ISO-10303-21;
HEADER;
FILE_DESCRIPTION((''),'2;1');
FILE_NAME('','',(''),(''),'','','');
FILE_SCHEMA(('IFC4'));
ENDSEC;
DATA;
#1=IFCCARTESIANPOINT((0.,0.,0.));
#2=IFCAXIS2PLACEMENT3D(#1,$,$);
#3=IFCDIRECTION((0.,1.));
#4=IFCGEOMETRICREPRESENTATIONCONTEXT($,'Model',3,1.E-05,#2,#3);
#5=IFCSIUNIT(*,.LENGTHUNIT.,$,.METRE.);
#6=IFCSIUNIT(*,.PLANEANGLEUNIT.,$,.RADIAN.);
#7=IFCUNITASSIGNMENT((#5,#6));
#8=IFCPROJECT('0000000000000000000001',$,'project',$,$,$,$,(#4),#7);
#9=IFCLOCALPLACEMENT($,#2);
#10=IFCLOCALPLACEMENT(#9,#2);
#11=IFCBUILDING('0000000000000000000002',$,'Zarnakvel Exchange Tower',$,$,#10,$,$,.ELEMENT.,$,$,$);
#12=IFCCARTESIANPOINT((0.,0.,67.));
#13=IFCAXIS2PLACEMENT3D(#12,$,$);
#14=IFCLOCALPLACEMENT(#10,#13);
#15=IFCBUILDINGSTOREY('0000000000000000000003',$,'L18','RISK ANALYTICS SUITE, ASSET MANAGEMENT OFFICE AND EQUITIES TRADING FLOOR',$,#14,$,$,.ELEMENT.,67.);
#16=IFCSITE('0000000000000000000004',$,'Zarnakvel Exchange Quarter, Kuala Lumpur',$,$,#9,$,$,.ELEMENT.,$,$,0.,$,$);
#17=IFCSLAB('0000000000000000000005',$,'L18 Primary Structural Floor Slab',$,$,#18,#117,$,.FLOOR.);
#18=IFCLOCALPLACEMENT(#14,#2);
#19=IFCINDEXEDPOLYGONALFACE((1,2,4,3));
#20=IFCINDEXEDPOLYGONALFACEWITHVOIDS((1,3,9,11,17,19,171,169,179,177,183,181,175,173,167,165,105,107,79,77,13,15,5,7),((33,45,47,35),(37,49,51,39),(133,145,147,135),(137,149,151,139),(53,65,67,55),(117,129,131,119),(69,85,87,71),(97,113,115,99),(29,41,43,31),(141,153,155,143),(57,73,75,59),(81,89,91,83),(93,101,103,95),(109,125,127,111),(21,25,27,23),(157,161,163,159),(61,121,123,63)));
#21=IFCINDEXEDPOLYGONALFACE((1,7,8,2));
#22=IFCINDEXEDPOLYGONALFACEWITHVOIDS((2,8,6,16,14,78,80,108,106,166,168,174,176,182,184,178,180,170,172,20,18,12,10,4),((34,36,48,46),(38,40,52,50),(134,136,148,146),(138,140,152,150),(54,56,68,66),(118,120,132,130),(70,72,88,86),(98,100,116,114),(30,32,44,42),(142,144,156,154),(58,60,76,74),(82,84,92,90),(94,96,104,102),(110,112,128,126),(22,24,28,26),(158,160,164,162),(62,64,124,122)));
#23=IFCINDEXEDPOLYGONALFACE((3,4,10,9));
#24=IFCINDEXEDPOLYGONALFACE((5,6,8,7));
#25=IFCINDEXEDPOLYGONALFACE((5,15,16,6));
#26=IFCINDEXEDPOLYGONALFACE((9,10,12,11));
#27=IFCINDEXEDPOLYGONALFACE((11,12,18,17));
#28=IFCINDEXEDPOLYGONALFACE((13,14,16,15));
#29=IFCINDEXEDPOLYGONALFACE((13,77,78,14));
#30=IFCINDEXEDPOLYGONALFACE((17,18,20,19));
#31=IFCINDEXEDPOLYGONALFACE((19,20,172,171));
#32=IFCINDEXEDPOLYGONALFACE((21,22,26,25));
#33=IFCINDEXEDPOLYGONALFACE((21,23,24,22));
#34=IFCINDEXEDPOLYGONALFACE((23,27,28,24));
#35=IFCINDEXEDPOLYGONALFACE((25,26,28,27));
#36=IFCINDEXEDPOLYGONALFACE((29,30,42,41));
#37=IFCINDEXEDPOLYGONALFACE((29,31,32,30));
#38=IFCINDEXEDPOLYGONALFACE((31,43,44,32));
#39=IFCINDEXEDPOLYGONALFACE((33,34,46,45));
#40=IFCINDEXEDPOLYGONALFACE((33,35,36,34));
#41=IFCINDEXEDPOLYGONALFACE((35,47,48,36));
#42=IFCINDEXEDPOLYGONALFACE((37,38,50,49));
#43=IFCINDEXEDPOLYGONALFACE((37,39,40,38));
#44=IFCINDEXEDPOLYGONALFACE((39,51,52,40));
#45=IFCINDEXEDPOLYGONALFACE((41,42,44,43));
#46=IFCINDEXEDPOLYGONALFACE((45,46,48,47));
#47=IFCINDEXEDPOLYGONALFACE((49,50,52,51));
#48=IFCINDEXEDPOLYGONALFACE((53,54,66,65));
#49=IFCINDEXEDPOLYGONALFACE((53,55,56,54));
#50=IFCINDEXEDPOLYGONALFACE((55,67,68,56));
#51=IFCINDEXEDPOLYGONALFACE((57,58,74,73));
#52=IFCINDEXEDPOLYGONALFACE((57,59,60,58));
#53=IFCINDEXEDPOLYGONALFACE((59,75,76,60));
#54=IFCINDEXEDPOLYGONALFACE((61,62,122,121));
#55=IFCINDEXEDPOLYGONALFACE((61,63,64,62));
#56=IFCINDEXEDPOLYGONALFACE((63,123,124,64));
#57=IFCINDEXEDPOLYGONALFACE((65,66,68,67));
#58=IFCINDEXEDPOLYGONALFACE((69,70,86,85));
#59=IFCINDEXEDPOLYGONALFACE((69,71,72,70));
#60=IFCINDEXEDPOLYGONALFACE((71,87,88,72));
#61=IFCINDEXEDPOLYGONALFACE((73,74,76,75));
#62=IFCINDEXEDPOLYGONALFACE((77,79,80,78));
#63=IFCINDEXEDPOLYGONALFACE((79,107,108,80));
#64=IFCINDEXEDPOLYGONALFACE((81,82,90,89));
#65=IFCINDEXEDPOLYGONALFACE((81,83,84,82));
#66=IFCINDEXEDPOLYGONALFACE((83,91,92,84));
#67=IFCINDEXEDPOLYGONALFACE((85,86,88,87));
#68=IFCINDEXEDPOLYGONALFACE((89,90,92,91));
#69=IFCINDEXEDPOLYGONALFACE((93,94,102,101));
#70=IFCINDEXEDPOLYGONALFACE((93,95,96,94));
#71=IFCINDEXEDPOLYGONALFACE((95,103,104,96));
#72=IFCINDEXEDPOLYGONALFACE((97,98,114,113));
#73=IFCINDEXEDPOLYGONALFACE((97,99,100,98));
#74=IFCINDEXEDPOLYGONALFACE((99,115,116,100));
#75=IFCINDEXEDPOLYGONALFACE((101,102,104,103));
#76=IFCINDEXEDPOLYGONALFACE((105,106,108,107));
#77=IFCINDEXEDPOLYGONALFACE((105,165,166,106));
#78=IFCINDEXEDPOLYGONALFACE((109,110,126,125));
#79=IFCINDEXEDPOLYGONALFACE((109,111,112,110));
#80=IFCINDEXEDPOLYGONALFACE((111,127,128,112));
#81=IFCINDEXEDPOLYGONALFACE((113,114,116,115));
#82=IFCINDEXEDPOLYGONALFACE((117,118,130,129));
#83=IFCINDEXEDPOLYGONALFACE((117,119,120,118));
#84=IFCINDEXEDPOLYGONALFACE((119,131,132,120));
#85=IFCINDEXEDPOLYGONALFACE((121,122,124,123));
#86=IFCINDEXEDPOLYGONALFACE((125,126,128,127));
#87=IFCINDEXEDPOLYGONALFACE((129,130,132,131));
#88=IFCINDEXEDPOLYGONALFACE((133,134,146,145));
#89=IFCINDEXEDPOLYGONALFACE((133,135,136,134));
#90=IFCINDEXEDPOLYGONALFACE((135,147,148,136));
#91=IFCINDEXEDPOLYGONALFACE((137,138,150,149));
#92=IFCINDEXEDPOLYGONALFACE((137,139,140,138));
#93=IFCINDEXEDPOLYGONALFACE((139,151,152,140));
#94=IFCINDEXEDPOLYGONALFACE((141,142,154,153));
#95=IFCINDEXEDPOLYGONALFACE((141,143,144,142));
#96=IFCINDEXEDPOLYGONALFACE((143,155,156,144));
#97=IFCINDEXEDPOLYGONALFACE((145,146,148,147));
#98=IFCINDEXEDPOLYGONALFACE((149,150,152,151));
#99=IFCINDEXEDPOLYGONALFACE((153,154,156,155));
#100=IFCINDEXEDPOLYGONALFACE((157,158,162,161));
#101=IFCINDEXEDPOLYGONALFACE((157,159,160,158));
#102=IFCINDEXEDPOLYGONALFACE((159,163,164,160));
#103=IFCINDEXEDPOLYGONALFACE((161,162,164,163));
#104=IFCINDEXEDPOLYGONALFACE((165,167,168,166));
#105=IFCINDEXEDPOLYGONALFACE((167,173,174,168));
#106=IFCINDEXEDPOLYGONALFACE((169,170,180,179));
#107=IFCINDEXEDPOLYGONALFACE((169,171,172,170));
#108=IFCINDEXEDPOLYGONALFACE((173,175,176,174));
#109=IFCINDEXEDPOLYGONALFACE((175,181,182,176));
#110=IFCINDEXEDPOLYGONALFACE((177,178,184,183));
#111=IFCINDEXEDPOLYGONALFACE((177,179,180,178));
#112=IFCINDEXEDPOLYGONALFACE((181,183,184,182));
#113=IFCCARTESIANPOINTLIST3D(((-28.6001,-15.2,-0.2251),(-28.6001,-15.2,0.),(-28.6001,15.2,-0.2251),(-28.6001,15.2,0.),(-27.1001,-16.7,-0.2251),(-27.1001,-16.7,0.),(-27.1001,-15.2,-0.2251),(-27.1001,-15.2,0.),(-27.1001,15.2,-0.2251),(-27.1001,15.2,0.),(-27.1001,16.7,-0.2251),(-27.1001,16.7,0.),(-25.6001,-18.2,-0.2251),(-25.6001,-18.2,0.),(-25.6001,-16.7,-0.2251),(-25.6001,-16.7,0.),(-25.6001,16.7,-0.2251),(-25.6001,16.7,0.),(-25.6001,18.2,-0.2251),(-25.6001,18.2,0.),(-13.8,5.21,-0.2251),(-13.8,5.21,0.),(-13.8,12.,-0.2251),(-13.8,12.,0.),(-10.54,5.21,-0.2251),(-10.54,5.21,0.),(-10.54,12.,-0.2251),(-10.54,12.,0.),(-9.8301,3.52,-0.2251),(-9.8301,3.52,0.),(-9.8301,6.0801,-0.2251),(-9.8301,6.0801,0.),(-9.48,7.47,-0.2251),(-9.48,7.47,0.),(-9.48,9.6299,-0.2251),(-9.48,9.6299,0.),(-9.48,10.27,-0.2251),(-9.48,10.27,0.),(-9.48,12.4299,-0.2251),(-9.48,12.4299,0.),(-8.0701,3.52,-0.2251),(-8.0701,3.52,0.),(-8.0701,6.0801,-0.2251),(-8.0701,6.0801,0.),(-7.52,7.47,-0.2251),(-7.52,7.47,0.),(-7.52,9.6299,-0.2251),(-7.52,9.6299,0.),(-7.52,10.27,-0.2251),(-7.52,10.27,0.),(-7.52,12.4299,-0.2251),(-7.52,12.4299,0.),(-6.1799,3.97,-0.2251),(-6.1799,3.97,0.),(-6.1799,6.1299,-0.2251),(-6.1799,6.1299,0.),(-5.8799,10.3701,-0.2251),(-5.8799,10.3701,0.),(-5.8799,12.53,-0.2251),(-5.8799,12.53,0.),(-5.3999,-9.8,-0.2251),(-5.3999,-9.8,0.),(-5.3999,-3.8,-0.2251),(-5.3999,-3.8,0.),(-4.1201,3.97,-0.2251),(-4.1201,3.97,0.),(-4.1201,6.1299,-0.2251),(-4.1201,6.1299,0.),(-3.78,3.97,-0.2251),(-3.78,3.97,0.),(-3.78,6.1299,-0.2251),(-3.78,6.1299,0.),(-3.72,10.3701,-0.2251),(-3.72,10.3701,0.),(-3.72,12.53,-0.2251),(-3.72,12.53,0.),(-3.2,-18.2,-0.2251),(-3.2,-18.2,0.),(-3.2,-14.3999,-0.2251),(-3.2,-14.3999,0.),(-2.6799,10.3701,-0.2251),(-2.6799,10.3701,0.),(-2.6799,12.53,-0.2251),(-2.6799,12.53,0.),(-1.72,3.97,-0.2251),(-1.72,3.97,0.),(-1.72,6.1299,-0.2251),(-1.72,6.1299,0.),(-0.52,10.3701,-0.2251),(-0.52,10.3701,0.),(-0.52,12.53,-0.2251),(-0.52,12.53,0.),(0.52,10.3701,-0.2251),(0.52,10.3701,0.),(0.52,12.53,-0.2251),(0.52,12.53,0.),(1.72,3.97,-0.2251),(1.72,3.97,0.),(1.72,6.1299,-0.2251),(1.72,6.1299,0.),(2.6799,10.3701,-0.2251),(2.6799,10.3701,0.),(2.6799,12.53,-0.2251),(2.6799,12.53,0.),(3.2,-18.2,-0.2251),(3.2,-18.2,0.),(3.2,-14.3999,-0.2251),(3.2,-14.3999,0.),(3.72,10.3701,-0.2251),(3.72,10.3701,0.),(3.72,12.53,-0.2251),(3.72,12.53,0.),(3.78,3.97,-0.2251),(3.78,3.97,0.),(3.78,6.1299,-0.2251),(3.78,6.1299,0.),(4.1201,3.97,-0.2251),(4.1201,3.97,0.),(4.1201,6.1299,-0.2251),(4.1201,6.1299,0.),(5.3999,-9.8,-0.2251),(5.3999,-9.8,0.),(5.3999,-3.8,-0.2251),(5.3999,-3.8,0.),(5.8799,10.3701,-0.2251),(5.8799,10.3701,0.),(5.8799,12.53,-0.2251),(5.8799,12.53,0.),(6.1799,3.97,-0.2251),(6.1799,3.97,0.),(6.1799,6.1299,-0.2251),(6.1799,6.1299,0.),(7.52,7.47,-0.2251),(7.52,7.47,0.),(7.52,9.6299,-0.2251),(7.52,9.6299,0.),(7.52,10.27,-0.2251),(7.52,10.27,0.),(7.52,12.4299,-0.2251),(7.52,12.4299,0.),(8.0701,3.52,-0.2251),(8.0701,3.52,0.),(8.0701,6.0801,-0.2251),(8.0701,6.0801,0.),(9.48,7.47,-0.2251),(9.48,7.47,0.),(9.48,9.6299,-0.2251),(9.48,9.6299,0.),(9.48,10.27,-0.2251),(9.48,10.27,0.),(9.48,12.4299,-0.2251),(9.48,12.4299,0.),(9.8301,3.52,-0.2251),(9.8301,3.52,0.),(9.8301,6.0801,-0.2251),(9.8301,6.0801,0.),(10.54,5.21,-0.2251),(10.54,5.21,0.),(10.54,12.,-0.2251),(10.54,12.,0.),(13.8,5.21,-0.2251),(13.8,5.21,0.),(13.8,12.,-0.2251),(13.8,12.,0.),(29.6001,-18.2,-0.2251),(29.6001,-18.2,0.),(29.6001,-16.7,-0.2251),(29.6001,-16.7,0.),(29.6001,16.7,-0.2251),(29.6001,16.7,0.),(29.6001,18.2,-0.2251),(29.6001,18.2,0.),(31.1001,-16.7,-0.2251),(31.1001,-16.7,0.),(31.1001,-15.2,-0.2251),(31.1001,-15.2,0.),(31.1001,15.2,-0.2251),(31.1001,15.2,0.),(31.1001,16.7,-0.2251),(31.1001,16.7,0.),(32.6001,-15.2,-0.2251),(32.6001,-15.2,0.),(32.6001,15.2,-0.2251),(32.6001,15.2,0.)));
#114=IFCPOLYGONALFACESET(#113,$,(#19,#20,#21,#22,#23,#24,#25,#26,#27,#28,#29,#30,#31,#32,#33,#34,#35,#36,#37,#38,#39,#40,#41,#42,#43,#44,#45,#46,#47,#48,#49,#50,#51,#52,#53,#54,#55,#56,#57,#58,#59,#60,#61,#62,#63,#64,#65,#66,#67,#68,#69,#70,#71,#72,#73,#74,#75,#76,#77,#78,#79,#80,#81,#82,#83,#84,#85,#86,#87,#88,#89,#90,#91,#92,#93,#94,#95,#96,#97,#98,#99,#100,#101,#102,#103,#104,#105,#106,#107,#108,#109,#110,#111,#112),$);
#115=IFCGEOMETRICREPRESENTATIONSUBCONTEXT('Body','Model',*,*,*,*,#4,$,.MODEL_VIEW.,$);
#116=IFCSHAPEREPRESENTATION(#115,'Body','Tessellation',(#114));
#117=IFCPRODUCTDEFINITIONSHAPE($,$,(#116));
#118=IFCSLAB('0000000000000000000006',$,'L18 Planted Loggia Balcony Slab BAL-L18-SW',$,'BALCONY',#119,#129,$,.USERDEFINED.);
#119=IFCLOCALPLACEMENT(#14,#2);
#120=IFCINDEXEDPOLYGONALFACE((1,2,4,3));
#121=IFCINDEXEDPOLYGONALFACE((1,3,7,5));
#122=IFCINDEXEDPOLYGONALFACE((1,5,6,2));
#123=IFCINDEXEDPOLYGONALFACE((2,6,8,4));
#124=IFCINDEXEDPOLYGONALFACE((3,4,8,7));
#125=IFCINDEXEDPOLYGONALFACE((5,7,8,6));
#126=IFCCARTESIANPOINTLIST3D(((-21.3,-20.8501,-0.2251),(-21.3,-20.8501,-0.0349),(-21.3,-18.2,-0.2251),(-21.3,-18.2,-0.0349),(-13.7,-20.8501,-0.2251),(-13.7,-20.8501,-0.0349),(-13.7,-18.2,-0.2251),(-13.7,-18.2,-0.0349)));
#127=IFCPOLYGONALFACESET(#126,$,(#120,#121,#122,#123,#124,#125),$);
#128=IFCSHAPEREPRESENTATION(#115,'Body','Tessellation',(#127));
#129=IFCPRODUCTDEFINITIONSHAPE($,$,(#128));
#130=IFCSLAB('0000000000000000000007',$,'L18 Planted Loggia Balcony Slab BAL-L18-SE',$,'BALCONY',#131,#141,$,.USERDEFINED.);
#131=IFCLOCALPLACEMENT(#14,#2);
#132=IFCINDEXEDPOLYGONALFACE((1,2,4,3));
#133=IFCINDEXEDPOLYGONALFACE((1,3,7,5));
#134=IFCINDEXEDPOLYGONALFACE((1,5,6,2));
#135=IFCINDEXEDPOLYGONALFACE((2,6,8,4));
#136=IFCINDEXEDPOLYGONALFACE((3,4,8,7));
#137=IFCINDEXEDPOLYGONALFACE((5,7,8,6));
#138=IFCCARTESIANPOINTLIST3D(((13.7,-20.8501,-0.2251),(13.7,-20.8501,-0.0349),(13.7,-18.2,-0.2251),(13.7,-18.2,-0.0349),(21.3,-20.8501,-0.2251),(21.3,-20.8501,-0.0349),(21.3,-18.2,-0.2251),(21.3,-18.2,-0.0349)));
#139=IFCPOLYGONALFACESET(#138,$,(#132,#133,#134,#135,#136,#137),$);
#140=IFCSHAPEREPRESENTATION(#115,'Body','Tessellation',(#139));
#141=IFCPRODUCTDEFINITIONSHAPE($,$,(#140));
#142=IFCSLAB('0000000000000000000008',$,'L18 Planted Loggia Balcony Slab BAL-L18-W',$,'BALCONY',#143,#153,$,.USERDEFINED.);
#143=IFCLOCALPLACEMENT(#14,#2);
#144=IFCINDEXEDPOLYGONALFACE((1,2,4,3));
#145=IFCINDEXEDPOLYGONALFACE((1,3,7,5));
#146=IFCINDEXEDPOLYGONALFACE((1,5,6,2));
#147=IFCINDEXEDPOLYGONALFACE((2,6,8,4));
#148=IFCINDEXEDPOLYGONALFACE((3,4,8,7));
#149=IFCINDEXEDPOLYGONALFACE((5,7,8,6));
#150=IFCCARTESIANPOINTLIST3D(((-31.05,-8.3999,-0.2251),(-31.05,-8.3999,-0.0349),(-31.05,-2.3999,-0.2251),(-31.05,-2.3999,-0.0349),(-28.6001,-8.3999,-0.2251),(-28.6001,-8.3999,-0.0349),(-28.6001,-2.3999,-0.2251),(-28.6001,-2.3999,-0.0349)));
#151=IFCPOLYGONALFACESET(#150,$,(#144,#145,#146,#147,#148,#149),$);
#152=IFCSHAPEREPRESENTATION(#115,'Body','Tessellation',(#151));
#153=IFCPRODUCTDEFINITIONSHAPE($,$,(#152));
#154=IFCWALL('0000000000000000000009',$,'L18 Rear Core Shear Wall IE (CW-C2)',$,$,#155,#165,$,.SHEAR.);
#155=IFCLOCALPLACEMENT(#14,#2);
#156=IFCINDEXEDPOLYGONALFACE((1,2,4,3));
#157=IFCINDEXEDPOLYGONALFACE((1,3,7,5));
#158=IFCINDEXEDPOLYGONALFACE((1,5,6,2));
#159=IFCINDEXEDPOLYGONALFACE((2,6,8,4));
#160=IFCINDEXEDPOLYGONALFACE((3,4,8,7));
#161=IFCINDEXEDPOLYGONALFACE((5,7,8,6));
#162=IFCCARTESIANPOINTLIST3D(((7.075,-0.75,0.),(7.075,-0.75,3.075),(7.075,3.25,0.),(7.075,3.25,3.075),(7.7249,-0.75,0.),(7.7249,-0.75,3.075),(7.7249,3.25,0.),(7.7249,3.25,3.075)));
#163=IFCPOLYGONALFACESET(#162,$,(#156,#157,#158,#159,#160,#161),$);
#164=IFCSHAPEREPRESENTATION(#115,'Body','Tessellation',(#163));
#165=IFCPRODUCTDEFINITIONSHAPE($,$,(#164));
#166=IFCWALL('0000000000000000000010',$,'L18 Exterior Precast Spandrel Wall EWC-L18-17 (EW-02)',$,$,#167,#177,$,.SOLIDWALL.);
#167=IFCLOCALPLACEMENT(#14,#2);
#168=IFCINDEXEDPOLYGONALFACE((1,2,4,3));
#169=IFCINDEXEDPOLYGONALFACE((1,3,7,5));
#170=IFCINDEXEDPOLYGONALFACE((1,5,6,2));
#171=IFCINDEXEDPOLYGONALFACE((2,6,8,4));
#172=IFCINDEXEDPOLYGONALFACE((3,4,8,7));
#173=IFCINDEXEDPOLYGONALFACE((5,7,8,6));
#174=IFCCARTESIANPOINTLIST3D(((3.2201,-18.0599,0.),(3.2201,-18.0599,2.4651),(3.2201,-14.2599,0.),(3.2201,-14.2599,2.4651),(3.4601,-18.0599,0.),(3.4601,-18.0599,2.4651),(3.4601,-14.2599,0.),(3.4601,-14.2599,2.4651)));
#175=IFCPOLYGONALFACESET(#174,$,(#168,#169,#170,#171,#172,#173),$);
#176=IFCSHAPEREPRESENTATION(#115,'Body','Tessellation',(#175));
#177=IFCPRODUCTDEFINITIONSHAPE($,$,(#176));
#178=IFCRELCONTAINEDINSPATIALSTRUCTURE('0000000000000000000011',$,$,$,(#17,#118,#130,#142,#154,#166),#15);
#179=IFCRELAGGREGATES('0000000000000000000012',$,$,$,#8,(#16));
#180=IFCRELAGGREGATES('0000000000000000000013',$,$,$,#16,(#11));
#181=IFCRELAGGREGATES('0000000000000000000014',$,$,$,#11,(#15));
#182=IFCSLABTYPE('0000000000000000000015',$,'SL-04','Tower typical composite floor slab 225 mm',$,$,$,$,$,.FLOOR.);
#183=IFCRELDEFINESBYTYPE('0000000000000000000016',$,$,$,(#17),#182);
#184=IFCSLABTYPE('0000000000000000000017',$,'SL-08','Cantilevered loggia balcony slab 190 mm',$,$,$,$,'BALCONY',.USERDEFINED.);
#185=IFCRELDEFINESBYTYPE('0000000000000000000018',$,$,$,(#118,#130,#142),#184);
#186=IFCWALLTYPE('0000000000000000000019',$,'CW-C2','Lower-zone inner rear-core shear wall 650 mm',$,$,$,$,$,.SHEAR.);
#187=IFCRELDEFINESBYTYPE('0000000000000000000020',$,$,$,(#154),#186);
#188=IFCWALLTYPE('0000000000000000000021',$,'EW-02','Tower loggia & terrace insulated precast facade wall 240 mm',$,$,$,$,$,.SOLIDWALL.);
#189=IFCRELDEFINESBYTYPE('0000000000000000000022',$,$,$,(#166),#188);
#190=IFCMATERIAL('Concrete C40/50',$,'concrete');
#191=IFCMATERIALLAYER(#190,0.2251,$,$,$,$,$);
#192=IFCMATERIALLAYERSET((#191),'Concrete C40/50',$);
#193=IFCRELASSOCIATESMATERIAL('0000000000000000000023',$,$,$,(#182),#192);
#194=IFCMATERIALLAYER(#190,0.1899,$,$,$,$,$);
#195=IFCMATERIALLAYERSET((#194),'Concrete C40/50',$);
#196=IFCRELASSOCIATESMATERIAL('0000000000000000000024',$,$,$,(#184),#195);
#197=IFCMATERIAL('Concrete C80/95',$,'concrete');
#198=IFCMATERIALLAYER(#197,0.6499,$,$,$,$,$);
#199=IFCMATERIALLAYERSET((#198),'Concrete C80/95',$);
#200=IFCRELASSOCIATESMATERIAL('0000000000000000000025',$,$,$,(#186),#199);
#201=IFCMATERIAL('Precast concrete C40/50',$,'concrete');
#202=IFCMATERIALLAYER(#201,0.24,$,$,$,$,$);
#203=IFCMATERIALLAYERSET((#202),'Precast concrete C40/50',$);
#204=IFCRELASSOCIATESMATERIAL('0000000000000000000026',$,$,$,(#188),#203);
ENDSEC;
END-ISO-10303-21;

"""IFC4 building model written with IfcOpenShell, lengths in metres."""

from ifc_helpers import new_model, si_unit, direction, frame, frame_2d, origin, place, context, subcontext, project, spatial, polyline, rectangle, outline, extrude, material, layer, layer_set, type_object, element, save


model = new_model("IFC4")

# Units and contexts
model_context = context("Model", 3, precision=1e-05, world=origin(), true_north=direction((0.0, 1.0)))
body_context = subcontext(model_context, "Body", "Model", "MODEL_VIEW")
ifc_project = project(units=[si_unit("LENGTHUNIT", "METRE"), si_unit("PLANEANGLEUNIT", "RADIAN")], contexts=[model_context])

# Site, building, storey
site_placement = place(None, origin())
site = spatial("IfcSite", under=ifc_project, at=site_placement, Name="Zarnakvel Exchange Quarter, Kuala Lumpur", CompositionType="ELEMENT", RefElevation=0.0)
building_placement = place(site_placement, origin())
building = spatial("IfcBuilding", under=site, at=building_placement, Name="Zarnakvel Exchange Tower", CompositionType="ELEMENT")
storey_placement = place(building_placement, frame((0.0, 0.0, 67.0)))
storey = spatial("IfcBuildingStorey", under=building, at=storey_placement, Name="L18", Description="RISK ANALYTICS SUITE, ASSET MANAGEMENT OFFICE AND EQUITIES TRADING FLOOR", CompositionType="ELEMENT", Elevation=67.0)

# Shared definitions
ifc_material_1 = material(Name="Concrete C80/95", Category="concrete")

# Shared definitions
ifc_material_2 = material(Name="Concrete C40/50", Category="concrete")

# Slabs
ifc_layer_1 = layer(ifc_material_2, 0.2251)
ifc_layer_set_1 = layer_set([ifc_layer_1], Name="Concrete C40/50")
slab_type_1 = type_object("IfcSlabType", Name="SL-04", Description="Tower typical composite floor slab 225 mm", PredefinedType="FLOOR", material=ifc_layer_set_1)
slab_1_placement = place(storey_placement, frame((0.0, 0.0, -0.2251)))
element("IfcSlab", 1, at=slab_1_placement, inside=storey, type_object=slab_type_1, Name="L18 Primary Structural Floor Slab", PredefinedType="FLOOR", context=body_context, shape_type="SweptSolid", body=[
    extrude(outline(polyline([(-28.6001, -15.2), (-27.1001, -15.2), (-27.1001, -16.7), (-25.6001, -16.7), (-25.6001, -18.2), (-3.2, -18.2), (-3.2, -14.3999), (3.2, -14.3999), (3.2, -18.2), (29.6001, -18.2), (29.6001, -16.7), (31.1001, -16.7), (31.1001, -15.2), (32.6001, -15.2), (32.6001, 15.2), (31.1001, 15.2), (31.1001, 16.7), (29.6001, 16.7), (29.6001, 18.2), (-25.6001, 18.2), (-25.6001, 16.7), (-27.1001, 16.7), (-27.1001, 15.2), (-28.6001, 15.2), (-28.6001, -15.2)]), holes=[polyline([(-5.3999, -9.8), (5.3999, -9.8), (5.3999, -3.8), (-5.3999, -3.8), (-5.3999, -9.8)]), polyline([(-13.8, 5.21), (-10.54, 5.21), (-10.54, 12.0), (-13.8, 12.0), (-13.8, 5.21)]), polyline([(10.54, 5.21), (13.8, 5.21), (13.8, 12.0), (10.54, 12.0), (10.54, 5.21)]), polyline([(-9.8301, 3.52), (-8.0701, 3.52), (-8.0701, 6.0801), (-9.8301, 6.0801), (-9.8301, 3.52)]), polyline([(8.0701, 3.52), (9.8301, 3.52), (9.8301, 6.0801), (8.0701, 6.0801), (8.0701, 3.52)]), polyline([(-5.8799, 10.3701), (-3.72, 10.3701), (-3.72, 12.53), (-5.8799, 12.53), (-5.8799, 10.3701)]), polyline([(-2.6799, 10.3701), (-0.52, 10.3701), (-0.52, 12.53), (-2.6799, 12.53), (-2.6799, 10.3701)]), polyline([(0.52, 10.3701), (2.6799, 10.3701), (2.6799, 12.53), (0.52, 12.53), (0.52, 10.3701)]), polyline([(3.72, 10.3701), (5.8799, 10.3701), (5.8799, 12.53), (3.72, 12.53), (3.72, 10.3701)]), polyline([(-6.1799, 3.97), (-4.1201, 3.97), (-4.1201, 6.1299), (-6.1799, 6.1299), (-6.1799, 3.97)]), polyline([(-3.78, 3.97), (-1.72, 3.97), (-1.72, 6.1299), (-3.78, 6.1299), (-3.78, 3.97)]), polyline([(1.72, 3.97), (3.78, 3.97), (3.78, 6.1299), (1.72, 6.1299), (1.72, 3.97)]), polyline([(4.1201, 3.97), (6.1799, 3.97), (6.1799, 6.1299), (4.1201, 6.1299), (4.1201, 3.97)]), polyline([(-9.48, 7.47), (-7.52, 7.47), (-7.52, 9.6299), (-9.48, 9.6299), (-9.48, 7.47)]), polyline([(-9.48, 10.27), (-7.52, 10.27), (-7.52, 12.4299), (-9.48, 12.4299), (-9.48, 10.27)]), polyline([(7.52, 7.47), (9.48, 7.47), (9.48, 9.6299), (7.52, 9.6299), (7.52, 7.47)]), polyline([(7.52, 10.27), (9.48, 10.27), (9.48, 12.4299), (7.52, 12.4299), (7.52, 10.27)])]), origin(), (0.0, 0.0, 1.0), 0.2251),
])
ifc_layer_2 = layer(ifc_material_2, 0.1899)
ifc_layer_set_2 = layer_set([ifc_layer_2], Name="Concrete C40/50")
slab_type_2 = type_object("IfcSlabType", Name="SL-08", Description="Cantilevered loggia balcony slab 190 mm", ElementType="BALCONY", PredefinedType="USERDEFINED", material=ifc_layer_set_2)
slab_2_placement = place(storey_placement, frame((0.0, 0.0, -0.2251)))
element("IfcSlab", 2, at=slab_2_placement, inside=storey, type_object=slab_type_2, Name="L18 Planted Loggia Balcony Slab BAL-L18-SW", ObjectType="BALCONY", PredefinedType="USERDEFINED", context=body_context, shape_type="SweptSolid", body=[
    extrude(outline(polyline([(-21.3, -20.8501), (-13.7, -20.8501), (-13.7, -18.2), (-21.3, -18.2), (-21.3, -20.8501)])), origin(), (0.0, 0.0, 1.0), 0.1902),
])
slab_3_placement = place(storey_placement, frame((0.0, 0.0, -0.2251)))
element("IfcSlab", 3, at=slab_3_placement, inside=storey, type_object=slab_type_2, Name="L18 Planted Loggia Balcony Slab BAL-L18-SE", ObjectType="BALCONY", PredefinedType="USERDEFINED", context=body_context, shape_type="SweptSolid", body=[
    extrude(outline(polyline([(13.7, -20.8501), (21.3, -20.8501), (21.3, -18.2), (13.7, -18.2), (13.7, -20.8501)])), origin(), (0.0, 0.0, 1.0), 0.1902),
])
slab_4_placement = place(storey_placement, frame((0.0, 0.0, -0.2251)))
element("IfcSlab", 4, at=slab_4_placement, inside=storey, type_object=slab_type_2, Name="L18 Planted Loggia Balcony Slab BAL-L18-W", ObjectType="BALCONY", PredefinedType="USERDEFINED", context=body_context, shape_type="SweptSolid", body=[
    extrude(outline(polyline([(-31.05, -8.3999), (-28.6001, -8.3999), (-28.6001, -2.3999), (-31.05, -2.3999), (-31.05, -8.3999)])), origin(), (0.0, 0.0, 1.0), 0.1902),
])

# Walls
ifc_layer_3 = layer(ifc_material_1, 0.6499)
ifc_layer_set_3 = layer_set([ifc_layer_3], Name="Concrete C80/95")
wall_type_1 = type_object("IfcWallType", Name="CW-C2", Description="Lower-zone inner rear-core shear wall 650 mm", PredefinedType="SHEAR", material=ifc_layer_set_3)
wall_1_placement = place(storey_placement, frame((7.3999, -0.75, 0.0), z_axis=(0.0, 0.0, 1.0), x_axis=(0.0, 1.0, 0.0)))
element("IfcWall", 5, at=wall_1_placement, inside=storey, type_object=wall_type_1, Name="L18 Rear Core Shear Wall IE (CW-C2)", PredefinedType="SHEAR", context=body_context, shape_type="SweptSolid", body=[
    extrude(rectangle(XDim=4.0, YDim=0.6499, at=frame_2d((2.0, 0.0))), origin(), (0.0, 0.0, 1.0), 3.075),
])
ifc_material_3 = material(Name="Precast concrete C40/50", Category="concrete")
ifc_layer_4 = layer(ifc_material_3, 0.24)
ifc_layer_set_4 = layer_set([ifc_layer_4], Name="Precast concrete C40/50")
wall_type_2 = type_object("IfcWallType", Name="EW-02", Description="Tower loggia & terrace insulated precast facade wall 240 mm", PredefinedType="SOLIDWALL", material=ifc_layer_set_4)
wall_2_placement = place(storey_placement, frame((3.3401, -14.26, 0.0), z_axis=(0.0, 0.0, 1.0), x_axis=(0.0, -1.0, 0.0)))
element("IfcWall", 6, at=wall_2_placement, inside=storey, type_object=wall_type_2, Name="L18 Exterior Precast Spandrel Wall EWC-L18-17 (EW-02)", PredefinedType="SOLIDWALL", context=body_context, shape_type="SweptSolid", body=[
    extrude(rectangle(XDim=3.8, YDim=0.24, at=frame_2d((1.8999, 0.0))), origin(), (0.0, 0.0, 1.0), 2.4651),
])

save(model, "model.ifc")
